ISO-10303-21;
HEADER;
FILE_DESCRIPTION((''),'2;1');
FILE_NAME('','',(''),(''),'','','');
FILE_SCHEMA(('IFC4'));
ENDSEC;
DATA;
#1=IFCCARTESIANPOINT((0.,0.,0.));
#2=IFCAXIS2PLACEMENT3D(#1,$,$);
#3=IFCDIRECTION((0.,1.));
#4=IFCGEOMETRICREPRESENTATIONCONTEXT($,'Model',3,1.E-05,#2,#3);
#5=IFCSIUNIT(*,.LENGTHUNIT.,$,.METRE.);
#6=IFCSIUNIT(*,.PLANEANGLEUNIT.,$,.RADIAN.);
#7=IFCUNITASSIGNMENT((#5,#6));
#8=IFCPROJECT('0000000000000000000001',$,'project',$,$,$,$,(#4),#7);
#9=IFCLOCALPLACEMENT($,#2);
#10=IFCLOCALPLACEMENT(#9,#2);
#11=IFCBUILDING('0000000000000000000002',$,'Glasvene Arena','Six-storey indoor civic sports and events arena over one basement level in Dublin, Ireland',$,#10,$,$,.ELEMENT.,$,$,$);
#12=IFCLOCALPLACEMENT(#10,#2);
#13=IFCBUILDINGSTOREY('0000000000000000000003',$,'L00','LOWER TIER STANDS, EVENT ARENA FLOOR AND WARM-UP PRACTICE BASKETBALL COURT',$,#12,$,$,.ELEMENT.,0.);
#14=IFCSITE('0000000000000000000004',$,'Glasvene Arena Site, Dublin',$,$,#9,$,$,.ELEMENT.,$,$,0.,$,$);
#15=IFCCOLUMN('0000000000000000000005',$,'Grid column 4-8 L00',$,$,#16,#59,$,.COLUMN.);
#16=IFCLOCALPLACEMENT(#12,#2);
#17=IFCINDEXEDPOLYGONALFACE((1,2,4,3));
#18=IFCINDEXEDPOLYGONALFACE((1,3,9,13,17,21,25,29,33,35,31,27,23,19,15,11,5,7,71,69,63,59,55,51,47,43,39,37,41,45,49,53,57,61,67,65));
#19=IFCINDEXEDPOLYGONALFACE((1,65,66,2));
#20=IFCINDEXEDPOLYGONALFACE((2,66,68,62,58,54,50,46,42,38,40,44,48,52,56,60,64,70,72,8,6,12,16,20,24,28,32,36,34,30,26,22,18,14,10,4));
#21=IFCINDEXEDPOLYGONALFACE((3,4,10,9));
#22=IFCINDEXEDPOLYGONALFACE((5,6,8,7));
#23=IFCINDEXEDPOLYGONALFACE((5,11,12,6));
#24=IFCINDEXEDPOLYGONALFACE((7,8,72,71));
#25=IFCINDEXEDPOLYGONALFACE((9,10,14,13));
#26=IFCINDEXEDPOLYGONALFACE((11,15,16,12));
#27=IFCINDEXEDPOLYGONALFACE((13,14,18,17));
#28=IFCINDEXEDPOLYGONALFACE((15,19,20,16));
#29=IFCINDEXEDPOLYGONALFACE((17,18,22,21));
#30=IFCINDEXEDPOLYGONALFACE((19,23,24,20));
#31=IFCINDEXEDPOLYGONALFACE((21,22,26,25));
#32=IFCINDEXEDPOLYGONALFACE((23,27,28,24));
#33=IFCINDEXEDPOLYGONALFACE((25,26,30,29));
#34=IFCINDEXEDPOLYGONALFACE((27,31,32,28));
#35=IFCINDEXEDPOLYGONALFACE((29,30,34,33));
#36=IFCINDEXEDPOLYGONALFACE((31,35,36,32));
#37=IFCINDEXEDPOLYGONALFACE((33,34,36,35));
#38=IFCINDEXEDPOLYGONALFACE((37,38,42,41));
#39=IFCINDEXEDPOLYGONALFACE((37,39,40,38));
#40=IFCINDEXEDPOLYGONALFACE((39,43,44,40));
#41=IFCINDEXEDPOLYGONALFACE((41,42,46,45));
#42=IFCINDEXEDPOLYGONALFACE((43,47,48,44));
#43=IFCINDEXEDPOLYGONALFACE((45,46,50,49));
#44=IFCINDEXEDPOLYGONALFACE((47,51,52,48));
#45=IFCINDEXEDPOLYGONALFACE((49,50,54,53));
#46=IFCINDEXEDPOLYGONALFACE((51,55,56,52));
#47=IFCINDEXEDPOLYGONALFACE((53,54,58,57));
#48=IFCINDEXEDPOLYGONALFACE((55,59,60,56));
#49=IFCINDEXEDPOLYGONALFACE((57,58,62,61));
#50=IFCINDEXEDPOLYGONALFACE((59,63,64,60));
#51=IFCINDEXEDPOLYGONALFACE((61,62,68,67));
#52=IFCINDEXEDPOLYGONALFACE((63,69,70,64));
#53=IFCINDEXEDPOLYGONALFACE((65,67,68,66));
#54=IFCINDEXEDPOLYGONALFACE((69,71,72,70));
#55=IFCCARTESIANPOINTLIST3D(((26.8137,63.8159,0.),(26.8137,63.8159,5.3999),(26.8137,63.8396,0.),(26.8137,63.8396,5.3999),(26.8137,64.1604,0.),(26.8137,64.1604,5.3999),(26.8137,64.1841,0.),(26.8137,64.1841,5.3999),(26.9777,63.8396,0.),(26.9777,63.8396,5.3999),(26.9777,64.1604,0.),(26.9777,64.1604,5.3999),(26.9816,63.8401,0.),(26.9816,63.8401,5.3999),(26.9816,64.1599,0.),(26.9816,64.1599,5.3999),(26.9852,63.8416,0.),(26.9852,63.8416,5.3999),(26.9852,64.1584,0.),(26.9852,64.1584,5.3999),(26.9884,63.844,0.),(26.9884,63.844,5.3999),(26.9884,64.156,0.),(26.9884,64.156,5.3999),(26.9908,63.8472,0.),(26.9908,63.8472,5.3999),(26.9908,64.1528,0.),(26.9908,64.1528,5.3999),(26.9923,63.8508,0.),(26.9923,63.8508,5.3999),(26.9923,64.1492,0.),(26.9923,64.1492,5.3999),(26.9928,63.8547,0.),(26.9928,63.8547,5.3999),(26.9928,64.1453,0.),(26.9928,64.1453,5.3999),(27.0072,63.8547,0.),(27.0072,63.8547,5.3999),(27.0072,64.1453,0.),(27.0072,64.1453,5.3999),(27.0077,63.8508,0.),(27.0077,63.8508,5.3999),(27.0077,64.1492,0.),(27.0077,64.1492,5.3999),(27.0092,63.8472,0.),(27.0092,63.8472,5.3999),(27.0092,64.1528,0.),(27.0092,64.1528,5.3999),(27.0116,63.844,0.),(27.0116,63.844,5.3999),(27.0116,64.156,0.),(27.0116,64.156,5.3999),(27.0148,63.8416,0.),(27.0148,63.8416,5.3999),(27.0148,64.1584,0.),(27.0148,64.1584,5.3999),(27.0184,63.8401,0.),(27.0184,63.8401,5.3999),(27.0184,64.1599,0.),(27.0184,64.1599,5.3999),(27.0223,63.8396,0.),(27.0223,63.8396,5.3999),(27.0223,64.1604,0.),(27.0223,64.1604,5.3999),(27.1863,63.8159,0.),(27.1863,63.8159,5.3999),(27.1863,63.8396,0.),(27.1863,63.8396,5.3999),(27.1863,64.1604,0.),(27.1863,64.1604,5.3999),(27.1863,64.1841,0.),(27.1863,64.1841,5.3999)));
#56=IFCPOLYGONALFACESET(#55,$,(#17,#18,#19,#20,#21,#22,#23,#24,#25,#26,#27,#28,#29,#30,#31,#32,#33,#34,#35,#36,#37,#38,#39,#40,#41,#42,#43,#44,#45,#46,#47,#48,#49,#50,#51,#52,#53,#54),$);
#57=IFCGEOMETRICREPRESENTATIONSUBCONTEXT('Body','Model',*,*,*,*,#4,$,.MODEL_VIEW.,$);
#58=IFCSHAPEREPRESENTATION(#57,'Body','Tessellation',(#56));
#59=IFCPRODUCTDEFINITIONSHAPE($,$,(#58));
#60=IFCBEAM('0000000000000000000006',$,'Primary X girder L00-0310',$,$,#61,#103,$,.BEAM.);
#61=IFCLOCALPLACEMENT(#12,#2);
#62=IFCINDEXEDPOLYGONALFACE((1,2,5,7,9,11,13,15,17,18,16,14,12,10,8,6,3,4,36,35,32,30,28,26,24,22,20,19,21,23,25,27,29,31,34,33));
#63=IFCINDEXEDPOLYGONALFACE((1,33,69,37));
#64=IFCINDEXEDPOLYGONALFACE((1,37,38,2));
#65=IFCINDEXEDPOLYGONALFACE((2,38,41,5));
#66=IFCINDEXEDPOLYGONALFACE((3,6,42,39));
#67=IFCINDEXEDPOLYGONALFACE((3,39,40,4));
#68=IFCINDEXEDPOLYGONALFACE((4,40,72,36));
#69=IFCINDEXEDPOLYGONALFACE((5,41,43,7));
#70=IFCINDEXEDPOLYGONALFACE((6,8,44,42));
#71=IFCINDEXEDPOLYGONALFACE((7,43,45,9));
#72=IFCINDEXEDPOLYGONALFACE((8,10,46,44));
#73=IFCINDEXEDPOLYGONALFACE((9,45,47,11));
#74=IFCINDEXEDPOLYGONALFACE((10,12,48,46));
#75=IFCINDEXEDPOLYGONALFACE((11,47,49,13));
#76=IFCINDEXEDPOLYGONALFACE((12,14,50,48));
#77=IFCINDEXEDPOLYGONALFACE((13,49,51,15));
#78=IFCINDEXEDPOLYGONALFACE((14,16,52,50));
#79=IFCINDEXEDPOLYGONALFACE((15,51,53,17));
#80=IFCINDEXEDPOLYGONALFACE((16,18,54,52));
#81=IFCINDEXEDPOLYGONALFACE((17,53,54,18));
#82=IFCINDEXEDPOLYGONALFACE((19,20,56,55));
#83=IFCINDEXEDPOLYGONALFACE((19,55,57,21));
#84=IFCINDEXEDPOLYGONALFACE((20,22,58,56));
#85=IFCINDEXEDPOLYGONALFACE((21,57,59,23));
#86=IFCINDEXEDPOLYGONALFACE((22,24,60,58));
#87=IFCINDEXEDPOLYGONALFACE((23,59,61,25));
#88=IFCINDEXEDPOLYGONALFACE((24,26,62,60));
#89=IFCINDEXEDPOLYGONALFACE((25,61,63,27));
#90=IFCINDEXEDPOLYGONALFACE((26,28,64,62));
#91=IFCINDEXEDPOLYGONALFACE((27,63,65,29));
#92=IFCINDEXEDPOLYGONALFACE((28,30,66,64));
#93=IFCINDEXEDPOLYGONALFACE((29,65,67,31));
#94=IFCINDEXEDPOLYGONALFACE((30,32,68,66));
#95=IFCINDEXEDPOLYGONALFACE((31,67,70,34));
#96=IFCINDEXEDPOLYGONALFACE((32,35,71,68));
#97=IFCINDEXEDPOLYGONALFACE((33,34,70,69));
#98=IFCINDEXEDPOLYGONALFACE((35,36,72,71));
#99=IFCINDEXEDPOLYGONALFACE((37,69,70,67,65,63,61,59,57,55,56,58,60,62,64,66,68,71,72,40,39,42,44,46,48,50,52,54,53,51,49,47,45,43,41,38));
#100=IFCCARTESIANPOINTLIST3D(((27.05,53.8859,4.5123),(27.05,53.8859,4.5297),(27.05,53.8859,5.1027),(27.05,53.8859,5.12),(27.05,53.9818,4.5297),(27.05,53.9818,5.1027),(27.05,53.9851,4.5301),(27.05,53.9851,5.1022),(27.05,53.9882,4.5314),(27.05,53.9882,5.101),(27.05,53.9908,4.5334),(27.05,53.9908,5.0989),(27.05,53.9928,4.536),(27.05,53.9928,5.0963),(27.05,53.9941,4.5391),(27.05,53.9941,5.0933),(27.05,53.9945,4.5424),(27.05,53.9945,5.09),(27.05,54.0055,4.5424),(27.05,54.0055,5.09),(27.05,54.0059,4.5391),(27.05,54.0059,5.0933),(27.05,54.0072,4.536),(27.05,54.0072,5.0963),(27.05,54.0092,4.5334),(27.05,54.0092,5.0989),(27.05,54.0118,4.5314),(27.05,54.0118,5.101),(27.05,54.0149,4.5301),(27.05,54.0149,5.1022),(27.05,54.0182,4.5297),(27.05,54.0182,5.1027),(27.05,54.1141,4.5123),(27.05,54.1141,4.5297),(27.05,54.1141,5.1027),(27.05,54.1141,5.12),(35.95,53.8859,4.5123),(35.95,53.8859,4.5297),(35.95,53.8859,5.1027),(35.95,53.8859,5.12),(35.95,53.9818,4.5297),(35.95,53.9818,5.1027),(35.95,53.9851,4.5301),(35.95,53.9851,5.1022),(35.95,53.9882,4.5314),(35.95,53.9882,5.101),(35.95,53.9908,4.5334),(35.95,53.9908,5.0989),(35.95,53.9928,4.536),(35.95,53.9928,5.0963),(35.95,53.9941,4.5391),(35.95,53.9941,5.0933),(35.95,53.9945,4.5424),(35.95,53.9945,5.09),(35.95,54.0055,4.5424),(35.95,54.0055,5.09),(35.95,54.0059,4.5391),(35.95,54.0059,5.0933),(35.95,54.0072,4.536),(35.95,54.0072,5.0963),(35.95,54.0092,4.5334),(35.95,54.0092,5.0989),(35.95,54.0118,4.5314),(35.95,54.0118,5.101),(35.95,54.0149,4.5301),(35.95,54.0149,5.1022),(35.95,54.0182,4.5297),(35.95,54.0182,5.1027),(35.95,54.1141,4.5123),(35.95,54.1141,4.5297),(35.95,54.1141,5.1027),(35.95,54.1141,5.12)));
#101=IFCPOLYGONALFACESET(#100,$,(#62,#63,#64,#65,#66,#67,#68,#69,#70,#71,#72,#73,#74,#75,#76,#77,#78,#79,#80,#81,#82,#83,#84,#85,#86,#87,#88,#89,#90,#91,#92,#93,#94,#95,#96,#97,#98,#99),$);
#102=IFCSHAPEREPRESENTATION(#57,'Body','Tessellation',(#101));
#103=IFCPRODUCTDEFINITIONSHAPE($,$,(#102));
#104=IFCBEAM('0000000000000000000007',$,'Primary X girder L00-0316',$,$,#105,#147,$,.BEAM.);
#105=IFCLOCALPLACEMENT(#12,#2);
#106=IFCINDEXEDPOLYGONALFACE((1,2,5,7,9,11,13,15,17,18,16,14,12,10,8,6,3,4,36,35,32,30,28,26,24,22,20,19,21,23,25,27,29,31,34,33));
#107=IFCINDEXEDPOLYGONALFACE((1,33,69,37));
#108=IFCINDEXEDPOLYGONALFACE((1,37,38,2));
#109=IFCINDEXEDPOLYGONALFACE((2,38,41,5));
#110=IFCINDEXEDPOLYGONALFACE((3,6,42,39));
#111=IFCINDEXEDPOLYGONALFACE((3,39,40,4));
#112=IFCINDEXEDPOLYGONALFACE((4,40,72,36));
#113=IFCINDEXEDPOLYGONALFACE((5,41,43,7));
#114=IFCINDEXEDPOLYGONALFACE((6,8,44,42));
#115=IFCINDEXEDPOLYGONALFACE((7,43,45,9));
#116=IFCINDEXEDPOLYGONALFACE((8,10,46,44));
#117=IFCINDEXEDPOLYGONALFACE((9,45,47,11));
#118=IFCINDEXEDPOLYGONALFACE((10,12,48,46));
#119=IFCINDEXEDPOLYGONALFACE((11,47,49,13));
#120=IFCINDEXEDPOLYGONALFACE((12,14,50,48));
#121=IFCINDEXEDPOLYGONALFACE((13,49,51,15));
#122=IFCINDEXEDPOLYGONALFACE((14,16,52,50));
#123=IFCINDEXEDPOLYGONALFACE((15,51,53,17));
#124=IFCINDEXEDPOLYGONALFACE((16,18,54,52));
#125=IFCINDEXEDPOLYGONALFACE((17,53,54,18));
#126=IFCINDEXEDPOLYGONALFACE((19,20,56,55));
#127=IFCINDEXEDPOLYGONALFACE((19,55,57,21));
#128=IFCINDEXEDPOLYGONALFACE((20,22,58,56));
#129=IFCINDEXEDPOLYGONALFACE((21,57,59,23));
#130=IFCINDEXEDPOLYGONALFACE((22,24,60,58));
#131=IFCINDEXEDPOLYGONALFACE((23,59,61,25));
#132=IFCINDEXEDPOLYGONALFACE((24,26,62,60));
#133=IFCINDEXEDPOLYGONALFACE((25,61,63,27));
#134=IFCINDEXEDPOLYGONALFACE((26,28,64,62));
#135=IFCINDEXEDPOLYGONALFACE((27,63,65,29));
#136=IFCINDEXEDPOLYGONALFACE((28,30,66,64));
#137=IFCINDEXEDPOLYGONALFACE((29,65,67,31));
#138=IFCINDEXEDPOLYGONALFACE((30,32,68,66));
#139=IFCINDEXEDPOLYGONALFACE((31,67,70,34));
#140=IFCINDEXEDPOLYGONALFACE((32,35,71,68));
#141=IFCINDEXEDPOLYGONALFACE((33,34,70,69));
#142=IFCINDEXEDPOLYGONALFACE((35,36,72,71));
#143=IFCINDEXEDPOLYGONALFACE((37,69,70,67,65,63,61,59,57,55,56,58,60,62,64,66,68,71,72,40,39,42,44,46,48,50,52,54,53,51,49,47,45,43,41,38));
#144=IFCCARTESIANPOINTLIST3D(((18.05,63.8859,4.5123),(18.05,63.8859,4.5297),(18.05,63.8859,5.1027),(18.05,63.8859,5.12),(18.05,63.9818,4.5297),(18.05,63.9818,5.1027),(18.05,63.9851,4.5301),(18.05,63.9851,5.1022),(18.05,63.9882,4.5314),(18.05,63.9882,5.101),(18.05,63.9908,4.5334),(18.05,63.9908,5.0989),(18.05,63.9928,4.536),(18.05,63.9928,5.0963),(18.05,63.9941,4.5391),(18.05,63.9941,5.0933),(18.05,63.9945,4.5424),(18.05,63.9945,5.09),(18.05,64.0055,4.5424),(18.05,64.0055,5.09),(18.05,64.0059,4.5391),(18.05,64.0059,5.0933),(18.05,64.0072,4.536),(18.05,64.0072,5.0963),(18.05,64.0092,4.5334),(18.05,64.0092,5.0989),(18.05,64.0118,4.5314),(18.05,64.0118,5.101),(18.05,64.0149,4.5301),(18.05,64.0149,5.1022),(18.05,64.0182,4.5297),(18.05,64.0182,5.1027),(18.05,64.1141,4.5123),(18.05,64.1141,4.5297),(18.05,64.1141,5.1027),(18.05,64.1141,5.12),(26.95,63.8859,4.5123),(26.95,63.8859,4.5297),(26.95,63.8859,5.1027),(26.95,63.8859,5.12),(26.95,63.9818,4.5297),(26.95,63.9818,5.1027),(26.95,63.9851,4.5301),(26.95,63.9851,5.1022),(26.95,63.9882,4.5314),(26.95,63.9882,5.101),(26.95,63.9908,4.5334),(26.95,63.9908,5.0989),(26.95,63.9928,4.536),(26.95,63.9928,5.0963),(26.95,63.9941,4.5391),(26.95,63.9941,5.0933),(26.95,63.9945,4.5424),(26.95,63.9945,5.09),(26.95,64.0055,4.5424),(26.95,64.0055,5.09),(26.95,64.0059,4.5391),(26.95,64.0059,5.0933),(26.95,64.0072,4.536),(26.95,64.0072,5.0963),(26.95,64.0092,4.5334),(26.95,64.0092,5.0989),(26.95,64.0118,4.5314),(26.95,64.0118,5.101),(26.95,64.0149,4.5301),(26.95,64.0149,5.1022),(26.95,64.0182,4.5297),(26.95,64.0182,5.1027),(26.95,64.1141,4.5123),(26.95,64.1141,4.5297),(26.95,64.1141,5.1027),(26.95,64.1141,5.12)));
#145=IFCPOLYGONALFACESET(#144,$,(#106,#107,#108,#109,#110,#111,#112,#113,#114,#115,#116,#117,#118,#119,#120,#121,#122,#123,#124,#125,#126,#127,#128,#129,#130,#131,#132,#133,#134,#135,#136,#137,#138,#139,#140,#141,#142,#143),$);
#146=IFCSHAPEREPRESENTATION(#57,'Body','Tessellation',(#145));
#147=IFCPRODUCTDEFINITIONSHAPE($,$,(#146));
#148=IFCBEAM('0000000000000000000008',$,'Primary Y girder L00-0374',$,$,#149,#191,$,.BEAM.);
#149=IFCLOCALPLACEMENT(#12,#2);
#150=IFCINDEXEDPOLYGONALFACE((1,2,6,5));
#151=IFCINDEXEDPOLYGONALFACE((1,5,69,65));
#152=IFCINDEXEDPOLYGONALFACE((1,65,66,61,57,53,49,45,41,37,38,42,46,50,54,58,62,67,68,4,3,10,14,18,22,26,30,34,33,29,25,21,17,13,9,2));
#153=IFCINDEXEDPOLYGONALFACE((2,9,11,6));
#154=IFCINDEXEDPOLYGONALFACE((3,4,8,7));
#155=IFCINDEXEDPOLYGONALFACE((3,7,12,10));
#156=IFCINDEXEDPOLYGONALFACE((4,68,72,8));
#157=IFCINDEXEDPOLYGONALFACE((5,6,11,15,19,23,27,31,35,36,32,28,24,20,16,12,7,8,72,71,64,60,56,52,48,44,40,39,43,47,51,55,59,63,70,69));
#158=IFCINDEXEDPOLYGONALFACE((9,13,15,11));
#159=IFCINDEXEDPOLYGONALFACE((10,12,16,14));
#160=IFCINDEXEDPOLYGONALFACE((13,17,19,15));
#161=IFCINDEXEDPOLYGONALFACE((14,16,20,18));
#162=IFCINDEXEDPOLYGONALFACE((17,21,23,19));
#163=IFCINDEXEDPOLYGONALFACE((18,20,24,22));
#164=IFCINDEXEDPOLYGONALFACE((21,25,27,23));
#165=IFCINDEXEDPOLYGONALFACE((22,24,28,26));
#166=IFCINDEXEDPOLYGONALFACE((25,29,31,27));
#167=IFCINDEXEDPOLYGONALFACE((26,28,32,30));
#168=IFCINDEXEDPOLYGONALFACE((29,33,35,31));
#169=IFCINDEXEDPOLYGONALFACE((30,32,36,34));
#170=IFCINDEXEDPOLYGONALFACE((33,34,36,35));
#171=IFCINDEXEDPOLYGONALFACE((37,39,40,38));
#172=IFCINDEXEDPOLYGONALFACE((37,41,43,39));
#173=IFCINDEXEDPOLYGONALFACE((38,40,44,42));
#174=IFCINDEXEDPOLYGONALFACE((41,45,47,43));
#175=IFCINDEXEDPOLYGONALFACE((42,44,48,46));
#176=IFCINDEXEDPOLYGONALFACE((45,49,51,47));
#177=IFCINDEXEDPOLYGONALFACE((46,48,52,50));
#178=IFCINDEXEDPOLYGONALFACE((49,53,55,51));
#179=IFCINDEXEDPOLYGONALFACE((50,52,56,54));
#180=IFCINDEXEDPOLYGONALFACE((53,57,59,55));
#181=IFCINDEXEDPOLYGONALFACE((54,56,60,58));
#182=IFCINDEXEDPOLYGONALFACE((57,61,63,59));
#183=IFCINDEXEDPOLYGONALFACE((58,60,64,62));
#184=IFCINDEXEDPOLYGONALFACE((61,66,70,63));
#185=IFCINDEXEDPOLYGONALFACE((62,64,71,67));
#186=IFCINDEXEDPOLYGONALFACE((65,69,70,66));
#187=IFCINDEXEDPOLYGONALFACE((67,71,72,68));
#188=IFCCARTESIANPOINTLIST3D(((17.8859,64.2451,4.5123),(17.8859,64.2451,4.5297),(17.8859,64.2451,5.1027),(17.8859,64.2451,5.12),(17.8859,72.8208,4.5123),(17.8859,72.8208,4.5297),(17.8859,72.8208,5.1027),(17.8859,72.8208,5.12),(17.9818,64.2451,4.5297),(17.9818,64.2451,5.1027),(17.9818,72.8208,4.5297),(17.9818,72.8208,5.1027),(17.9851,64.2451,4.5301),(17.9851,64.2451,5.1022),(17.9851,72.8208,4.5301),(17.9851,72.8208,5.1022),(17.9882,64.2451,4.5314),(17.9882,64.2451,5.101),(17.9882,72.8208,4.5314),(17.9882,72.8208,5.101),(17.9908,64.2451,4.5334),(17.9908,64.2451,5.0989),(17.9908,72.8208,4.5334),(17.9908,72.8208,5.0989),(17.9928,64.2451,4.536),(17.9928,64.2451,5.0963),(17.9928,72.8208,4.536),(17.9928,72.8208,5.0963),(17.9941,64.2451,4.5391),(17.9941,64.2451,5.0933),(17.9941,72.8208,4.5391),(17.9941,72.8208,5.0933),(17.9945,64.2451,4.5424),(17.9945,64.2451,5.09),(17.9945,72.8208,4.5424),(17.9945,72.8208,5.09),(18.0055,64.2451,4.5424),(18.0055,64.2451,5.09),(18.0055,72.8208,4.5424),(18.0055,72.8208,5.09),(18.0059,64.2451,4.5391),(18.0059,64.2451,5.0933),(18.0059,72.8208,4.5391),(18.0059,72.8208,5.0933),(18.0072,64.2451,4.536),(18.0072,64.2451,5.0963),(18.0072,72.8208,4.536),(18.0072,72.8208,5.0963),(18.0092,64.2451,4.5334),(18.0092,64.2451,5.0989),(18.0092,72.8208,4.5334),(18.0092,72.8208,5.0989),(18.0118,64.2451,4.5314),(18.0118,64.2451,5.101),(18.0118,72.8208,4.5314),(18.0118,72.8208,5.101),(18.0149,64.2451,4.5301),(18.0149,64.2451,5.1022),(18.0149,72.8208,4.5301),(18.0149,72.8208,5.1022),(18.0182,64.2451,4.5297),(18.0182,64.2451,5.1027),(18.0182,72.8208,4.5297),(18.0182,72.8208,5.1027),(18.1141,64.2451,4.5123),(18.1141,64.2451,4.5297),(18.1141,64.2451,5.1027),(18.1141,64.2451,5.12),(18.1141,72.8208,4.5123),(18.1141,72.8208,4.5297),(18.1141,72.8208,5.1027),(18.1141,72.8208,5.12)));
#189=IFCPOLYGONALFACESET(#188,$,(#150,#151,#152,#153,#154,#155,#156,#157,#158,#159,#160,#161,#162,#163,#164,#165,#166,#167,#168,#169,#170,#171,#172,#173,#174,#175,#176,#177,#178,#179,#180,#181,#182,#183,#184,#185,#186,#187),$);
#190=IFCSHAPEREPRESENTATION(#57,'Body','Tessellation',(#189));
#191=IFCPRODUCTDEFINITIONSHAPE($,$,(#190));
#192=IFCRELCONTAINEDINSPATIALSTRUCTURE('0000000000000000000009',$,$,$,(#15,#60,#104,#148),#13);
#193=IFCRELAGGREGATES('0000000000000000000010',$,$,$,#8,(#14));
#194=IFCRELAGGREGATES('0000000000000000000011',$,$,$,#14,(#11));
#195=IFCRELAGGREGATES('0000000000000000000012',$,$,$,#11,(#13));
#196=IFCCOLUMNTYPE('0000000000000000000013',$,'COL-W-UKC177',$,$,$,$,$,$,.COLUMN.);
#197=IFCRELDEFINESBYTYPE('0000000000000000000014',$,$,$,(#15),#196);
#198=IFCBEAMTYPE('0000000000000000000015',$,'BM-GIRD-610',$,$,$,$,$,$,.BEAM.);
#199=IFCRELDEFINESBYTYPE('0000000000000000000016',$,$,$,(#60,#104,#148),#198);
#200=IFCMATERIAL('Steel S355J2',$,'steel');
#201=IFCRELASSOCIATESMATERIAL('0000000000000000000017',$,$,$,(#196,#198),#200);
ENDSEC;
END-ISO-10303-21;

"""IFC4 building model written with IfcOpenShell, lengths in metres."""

from ifc_helpers import new_model, si_unit, direction, frame, origin, origin_2d, place, context, subcontext, project, spatial, i_section, extrude, material, material_profile, profile_set, type_object, element, save


model = new_model("IFC4")

# Units and contexts
model_context = context("Model", 3, precision=1e-05, world=origin(), true_north=direction((0.0, 1.0)))
body_context = subcontext(model_context, "Body", "Model", "MODEL_VIEW")
ifc_project = project(units=[si_unit("LENGTHUNIT", "METRE"), si_unit("PLANEANGLEUNIT", "RADIAN")], contexts=[model_context])

# Site, building, storey
site_placement = place(None, origin())
site = spatial("IfcSite", under=ifc_project, at=site_placement, Name="Glasvene Arena Site, Dublin", CompositionType="ELEMENT", RefElevation=0.0)
building_placement = place(site_placement, origin())
building = spatial("IfcBuilding", under=site, at=building_placement, Name="Glasvene Arena", Description="Six-storey indoor civic sports and events arena over one basement level in Dublin, Ireland", CompositionType="ELEMENT")
storey_placement = place(building_placement, origin())
storey = spatial("IfcBuildingStorey", under=building, at=storey_placement, Name="L00", Description="LOWER TIER STANDS, EVENT ARENA FLOOR AND WARM-UP PRACTICE BASKETBALL COURT", CompositionType="ELEMENT", Elevation=0.0)

# Column
ifc_material_1 = material(Name="Steel S355J2", Category="steel")
ifc_material_profile_1 = material_profile(ifc_material_1, i_section(OverallWidth=0.3726, OverallDepth=0.3682, WebThickness=0.0144, FlangeThickness=0.0237, FilletRadius=0.0151, at=origin_2d()), Name="UKC 356x368x177")
ifc_profile_set_1 = profile_set([ifc_material_profile_1], Name="Steel S355J2")
column_type_1 = type_object("IfcColumnType", Name="COL-W-UKC177", PredefinedType="COLUMN", material=ifc_profile_set_1)
column_placement = place(storey_placement, frame((27.0, 64.0, 0.0), z_axis=(0.0, 0.0, 1.0), x_axis=(1.0, 0.0, 0.0)))
element("IfcColumn", 1, at=column_placement, inside=storey, type_object=column_type_1, Name="Grid column 4-8 L00", PredefinedType="COLUMN", context=body_context, shape_type="SweptSolid", body=[
    extrude(i_section(OverallWidth=0.3726, OverallDepth=0.3682, WebThickness=0.0144, FlangeThickness=0.0237, FilletRadius=0.0151, at=origin_2d()), origin(), (0.0, 0.0, 1.0), 5.3999),
])

# Beams
ifc_material_profile_2 = material_profile(ifc_material_1, i_section(OverallWidth=0.2283, OverallDepth=0.6077, WebThickness=0.011, FlangeThickness=0.0173, FilletRadius=0.0127, at=origin_2d()), Name="UKB 610x229x113")
ifc_profile_set_2 = profile_set([ifc_material_profile_2], Name="Steel S355J2")
beam_type_1 = type_object("IfcBeamType", Name="BM-GIRD-610", PredefinedType="BEAM", material=ifc_profile_set_2)
for number, where, z_axis, x_axis, name in (
    (2, (27.05, 54.0, 4.8162), (1.0, 0.0, 0.0), (0.0, 1.0, 0.0), "Primary X girder L00-0310"),
    (3, (18.05, 64.0, 4.8162), (1.0, 0.0, 0.0), (0.0, 1.0, 0.0), "Primary X girder L00-0316"),
):
    element("IfcBeam", number, at=place(storey_placement, frame(where, z_axis=z_axis, x_axis=x_axis)), inside=storey, type_object=beam_type_1, Name=name, PredefinedType="BEAM", context=body_context, shape_type="SweptSolid", body=[
        extrude(i_section(OverallWidth=0.2283, OverallDepth=0.6077, WebThickness=0.011, FlangeThickness=0.0173, FilletRadius=0.0127, at=origin_2d()), origin(), (0.0, 0.0, 1.0), 8.8999),
    ])
for number, where, z_axis, x_axis, name in (
    (4, (18.0, 64.2451, 4.8162), (0.0, 1.0, 0.0), (-1.0, 0.0, 0.0), "Primary Y girder L00-0374"),
):
    element("IfcBeam", number, at=place(storey_placement, frame(where, z_axis=z_axis, x_axis=x_axis)), inside=storey, type_object=beam_type_1, Name=name, PredefinedType="BEAM", context=body_context, shape_type="SweptSolid", body=[
        extrude(i_section(OverallWidth=0.2283, OverallDepth=0.6077, WebThickness=0.011, FlangeThickness=0.0173, FilletRadius=0.0127, at=origin_2d()), origin(), (0.0, 0.0, 1.0), 8.5757),
    ])

save(model, "model.ifc")
